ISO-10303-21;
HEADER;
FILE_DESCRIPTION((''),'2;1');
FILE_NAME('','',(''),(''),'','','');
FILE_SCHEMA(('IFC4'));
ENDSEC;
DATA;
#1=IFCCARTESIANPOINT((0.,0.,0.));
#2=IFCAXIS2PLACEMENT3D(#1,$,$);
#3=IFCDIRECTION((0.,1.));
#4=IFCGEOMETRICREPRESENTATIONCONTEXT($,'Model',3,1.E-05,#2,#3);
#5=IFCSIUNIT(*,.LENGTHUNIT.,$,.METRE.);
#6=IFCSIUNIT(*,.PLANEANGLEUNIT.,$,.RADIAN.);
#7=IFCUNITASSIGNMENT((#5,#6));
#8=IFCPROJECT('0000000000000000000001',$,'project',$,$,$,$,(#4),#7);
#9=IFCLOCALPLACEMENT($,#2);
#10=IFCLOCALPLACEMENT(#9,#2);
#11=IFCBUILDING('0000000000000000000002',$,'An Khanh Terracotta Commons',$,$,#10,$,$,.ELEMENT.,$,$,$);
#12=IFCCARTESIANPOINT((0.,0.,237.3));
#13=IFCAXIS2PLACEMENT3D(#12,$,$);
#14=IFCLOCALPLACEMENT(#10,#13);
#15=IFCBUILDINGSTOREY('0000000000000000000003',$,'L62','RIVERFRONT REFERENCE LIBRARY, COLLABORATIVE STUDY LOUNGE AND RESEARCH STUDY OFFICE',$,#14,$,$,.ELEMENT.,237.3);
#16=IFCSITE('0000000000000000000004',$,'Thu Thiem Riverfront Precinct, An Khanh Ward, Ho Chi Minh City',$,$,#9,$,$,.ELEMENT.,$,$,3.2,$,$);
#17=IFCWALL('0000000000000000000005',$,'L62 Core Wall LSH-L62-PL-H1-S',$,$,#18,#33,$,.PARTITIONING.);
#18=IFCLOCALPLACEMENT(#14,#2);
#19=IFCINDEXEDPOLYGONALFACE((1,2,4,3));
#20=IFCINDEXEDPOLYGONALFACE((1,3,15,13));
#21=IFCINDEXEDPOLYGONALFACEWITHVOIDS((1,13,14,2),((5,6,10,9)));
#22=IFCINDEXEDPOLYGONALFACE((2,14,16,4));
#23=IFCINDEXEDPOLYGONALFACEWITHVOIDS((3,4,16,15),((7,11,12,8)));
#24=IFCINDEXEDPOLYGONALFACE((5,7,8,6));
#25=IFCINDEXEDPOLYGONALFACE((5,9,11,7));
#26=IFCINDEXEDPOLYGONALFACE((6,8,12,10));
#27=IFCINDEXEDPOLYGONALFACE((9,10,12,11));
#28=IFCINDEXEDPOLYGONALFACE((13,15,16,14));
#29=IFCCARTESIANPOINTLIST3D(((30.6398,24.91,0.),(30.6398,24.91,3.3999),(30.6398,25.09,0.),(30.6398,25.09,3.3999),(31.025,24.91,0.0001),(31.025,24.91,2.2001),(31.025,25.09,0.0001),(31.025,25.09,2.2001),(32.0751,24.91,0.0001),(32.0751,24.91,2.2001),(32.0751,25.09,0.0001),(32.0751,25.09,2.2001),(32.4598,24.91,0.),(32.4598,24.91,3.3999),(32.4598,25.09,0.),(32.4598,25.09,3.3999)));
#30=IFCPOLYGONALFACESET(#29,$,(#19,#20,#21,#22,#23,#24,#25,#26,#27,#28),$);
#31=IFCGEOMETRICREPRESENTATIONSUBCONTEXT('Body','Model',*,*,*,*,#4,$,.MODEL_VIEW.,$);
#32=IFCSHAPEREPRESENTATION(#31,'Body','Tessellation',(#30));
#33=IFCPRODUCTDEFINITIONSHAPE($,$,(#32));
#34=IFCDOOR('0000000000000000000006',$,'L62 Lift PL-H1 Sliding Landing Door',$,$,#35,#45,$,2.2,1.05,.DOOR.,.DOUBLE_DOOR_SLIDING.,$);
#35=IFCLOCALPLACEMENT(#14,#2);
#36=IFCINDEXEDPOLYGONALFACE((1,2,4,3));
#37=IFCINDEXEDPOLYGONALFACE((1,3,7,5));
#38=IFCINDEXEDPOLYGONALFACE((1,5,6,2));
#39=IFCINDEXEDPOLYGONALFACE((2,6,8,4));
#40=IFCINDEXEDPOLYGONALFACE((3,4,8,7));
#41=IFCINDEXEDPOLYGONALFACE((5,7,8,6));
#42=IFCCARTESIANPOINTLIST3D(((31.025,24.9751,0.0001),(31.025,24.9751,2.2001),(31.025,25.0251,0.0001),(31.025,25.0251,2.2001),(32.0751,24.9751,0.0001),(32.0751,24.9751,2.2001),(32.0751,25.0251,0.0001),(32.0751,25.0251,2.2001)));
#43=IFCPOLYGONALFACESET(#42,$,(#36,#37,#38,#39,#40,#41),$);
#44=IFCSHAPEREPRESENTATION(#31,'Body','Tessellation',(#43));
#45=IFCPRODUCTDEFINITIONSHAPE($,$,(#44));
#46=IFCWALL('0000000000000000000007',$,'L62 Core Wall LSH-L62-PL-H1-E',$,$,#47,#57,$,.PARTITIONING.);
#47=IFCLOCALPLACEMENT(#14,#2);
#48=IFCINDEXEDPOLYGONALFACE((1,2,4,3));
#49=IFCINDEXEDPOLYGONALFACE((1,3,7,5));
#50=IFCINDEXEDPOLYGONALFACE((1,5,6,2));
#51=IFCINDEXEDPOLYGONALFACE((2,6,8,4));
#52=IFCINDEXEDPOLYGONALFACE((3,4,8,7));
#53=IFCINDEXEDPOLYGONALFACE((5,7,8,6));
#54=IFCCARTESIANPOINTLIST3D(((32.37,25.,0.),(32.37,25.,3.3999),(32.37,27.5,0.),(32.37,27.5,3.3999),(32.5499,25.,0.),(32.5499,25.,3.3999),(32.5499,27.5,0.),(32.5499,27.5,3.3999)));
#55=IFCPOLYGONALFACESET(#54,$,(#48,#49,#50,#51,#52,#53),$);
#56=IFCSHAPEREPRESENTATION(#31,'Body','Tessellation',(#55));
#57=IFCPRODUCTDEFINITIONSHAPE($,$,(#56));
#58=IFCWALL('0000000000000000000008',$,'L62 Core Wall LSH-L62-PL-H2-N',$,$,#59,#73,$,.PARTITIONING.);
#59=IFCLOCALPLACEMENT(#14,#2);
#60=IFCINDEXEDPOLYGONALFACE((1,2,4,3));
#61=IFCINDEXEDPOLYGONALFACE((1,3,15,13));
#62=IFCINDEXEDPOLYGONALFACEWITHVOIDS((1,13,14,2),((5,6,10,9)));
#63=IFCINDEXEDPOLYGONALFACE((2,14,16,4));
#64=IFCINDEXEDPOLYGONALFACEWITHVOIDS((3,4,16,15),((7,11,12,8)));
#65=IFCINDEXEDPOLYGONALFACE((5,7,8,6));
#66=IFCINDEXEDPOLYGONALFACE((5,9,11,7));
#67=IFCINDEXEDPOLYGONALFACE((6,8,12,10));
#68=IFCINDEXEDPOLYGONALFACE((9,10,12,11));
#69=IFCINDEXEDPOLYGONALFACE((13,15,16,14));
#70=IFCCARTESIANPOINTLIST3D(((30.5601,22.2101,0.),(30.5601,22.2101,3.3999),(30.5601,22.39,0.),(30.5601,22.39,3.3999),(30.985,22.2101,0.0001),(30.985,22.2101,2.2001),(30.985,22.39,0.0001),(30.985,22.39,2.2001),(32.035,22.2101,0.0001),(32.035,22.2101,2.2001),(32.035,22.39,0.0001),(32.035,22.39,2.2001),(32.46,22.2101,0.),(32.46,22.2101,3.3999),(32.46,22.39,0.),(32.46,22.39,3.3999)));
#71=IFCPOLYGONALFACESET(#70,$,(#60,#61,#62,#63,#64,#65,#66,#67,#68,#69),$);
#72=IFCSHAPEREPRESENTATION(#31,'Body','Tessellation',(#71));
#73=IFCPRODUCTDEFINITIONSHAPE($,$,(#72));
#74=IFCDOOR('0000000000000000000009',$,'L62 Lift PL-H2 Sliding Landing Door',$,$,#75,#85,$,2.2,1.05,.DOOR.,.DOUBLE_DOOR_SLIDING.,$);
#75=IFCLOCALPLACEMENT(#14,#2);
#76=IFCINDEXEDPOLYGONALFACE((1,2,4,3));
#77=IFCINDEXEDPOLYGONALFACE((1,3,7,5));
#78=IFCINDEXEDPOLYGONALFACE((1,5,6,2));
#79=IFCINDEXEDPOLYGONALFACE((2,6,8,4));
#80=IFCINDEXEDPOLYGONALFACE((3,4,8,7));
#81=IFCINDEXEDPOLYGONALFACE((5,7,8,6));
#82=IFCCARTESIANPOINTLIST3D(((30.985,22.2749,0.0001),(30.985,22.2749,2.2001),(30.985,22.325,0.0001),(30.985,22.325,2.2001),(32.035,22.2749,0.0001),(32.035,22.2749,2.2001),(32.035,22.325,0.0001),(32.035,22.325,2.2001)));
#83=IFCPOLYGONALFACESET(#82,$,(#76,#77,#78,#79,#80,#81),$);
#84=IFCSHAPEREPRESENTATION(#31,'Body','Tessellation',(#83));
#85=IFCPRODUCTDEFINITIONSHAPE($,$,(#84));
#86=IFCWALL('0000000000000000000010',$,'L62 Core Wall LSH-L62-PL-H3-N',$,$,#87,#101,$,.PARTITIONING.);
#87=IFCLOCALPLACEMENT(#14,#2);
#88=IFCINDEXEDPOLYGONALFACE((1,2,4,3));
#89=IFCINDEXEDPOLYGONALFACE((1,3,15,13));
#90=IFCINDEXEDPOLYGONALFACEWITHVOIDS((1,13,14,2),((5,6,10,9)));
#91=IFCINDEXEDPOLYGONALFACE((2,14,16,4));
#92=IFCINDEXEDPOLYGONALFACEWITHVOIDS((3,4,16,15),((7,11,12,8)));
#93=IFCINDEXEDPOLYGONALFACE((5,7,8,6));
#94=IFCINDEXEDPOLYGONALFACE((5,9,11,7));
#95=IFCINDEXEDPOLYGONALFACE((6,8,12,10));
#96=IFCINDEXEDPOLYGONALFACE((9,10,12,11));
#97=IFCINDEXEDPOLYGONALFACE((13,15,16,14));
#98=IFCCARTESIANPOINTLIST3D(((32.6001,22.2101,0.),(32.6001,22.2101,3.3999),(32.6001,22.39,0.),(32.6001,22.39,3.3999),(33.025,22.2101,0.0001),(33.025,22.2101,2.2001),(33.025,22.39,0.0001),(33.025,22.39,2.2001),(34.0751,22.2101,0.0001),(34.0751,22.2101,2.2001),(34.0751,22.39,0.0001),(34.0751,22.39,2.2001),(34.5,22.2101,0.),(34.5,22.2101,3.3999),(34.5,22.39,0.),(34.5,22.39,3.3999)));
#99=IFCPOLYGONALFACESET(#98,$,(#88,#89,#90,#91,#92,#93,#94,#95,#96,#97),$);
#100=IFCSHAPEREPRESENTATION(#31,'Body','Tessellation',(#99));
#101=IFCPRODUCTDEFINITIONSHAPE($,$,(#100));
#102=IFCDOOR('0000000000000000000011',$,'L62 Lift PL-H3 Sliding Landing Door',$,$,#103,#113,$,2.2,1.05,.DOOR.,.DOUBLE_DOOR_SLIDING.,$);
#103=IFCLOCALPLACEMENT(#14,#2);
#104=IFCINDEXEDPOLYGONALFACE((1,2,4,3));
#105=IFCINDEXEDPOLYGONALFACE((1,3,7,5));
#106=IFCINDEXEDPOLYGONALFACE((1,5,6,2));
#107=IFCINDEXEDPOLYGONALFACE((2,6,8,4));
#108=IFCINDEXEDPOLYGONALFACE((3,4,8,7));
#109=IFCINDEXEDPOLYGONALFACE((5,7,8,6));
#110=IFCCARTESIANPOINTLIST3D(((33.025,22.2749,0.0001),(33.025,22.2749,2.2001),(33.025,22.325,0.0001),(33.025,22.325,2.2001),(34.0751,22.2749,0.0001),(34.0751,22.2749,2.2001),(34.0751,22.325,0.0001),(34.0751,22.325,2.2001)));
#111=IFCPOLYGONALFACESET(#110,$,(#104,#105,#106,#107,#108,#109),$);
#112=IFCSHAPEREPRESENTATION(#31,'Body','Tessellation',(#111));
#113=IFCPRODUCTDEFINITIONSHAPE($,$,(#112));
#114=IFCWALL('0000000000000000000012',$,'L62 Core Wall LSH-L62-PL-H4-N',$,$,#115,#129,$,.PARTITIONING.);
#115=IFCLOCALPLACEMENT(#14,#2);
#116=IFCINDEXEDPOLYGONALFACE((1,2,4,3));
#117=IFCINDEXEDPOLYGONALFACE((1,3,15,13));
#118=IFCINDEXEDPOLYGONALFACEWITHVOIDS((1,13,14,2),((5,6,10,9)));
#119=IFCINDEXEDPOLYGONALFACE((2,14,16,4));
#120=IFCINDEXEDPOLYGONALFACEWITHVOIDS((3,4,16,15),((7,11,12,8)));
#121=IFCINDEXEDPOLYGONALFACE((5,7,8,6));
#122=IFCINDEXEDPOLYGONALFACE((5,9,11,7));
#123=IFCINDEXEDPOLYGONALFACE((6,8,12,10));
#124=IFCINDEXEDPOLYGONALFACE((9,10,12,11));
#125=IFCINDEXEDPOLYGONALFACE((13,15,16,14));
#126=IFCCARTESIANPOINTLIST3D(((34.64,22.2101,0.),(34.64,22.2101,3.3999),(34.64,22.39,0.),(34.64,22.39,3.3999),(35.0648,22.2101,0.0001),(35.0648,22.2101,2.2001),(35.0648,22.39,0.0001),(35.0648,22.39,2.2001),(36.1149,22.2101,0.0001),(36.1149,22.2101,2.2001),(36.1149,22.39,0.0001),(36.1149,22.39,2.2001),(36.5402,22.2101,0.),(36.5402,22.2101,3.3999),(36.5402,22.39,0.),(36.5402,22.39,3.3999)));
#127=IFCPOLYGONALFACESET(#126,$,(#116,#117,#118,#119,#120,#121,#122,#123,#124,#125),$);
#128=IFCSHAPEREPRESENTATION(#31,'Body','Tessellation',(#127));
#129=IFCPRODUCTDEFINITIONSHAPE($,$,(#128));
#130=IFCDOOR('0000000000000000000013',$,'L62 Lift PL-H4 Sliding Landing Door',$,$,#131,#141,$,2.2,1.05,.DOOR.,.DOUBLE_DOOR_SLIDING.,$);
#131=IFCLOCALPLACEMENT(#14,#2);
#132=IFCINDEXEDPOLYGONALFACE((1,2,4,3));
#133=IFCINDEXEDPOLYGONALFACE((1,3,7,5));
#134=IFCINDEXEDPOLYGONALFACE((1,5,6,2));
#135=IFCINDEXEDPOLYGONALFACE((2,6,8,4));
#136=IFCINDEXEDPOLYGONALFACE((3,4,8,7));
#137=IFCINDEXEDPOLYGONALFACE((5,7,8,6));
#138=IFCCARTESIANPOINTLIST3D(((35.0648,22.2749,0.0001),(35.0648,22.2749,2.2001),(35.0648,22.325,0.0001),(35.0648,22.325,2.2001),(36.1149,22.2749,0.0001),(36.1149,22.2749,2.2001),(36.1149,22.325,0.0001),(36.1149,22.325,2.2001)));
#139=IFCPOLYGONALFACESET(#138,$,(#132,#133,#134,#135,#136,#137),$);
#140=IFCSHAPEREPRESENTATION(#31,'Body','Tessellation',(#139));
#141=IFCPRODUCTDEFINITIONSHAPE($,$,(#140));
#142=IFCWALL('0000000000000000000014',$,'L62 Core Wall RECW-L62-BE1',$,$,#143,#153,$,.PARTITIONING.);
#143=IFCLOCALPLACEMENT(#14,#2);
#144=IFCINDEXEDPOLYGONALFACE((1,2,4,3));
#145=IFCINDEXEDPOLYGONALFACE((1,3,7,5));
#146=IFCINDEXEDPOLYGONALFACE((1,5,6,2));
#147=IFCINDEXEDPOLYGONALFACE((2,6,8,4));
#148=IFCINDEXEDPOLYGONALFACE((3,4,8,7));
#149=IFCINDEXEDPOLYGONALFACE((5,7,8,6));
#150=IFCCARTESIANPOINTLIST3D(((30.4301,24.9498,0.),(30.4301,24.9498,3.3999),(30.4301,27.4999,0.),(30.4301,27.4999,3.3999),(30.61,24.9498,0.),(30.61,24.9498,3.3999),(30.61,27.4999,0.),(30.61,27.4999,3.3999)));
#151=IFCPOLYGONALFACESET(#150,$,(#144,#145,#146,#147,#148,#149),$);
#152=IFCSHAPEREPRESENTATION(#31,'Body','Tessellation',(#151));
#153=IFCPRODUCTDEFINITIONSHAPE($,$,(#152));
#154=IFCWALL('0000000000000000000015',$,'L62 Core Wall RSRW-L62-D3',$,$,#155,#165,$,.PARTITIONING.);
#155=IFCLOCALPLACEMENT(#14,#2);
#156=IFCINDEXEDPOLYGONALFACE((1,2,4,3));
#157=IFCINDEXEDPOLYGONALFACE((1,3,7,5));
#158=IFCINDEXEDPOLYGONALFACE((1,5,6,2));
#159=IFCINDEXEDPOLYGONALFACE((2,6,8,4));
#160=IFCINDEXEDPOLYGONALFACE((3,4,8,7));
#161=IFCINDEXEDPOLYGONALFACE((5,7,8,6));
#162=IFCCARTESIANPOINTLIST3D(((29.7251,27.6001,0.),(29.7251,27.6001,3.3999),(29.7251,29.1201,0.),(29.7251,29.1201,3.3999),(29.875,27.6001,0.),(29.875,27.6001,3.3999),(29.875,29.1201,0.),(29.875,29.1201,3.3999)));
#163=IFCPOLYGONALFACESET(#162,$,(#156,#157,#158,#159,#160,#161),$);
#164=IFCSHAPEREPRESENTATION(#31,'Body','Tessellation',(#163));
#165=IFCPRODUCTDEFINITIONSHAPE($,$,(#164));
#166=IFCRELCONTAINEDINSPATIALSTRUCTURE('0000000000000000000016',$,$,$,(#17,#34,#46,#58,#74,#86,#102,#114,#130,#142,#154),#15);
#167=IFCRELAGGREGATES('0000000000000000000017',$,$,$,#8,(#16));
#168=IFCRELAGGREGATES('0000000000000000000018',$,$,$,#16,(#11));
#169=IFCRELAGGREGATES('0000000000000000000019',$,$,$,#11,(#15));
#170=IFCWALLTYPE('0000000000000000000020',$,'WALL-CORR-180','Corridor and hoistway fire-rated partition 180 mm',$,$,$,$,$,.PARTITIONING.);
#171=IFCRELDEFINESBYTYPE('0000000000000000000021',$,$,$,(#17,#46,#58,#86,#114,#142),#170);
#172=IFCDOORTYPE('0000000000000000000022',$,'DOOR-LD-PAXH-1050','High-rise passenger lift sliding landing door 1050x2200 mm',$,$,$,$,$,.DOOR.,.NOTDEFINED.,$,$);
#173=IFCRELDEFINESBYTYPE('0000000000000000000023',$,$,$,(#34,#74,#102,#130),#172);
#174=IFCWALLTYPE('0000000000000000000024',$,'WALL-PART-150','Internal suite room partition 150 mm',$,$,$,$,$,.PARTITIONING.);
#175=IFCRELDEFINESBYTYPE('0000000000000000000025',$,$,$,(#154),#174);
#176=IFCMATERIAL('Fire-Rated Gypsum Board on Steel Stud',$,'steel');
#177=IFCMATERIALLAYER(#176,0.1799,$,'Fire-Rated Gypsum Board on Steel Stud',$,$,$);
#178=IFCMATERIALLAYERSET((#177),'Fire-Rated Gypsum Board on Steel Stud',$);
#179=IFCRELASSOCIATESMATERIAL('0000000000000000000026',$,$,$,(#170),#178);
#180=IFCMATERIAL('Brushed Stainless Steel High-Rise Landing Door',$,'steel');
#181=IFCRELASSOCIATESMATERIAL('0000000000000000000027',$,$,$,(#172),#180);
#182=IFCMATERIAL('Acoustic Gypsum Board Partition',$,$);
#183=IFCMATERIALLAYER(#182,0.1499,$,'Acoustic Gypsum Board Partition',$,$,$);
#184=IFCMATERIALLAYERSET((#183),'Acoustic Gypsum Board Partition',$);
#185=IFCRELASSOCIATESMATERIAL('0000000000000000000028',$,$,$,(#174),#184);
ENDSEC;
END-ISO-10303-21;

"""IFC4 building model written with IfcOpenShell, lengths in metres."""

from ifc_helpers import new_model, si_unit, direction, frame, frame_2d, origin, place, context, subcontext, project, spatial, rectangle, extrude, material, layer, layer_set, type_object, element, fill, save


model = new_model("IFC4")

# Units and contexts
model_context = context("Model", 3, precision=1e-05, world=origin(), true_north=direction((0.0, 1.0)))
body_context = subcontext(model_context, "Body", "Model", "MODEL_VIEW")
ifc_project = project(units=[si_unit("LENGTHUNIT", "METRE"), si_unit("PLANEANGLEUNIT", "RADIAN")], contexts=[model_context])

# Site, building, storey
site_placement = place(None, origin())
site = spatial("IfcSite", under=ifc_project, at=site_placement, Name="Thu Thiem Riverfront Precinct, An Khanh Ward, Ho Chi Minh City", CompositionType="ELEMENT", RefElevation=3.2)
building_placement = place(site_placement, origin())
building = spatial("IfcBuilding", under=site, at=building_placement, Name="An Khanh Terracotta Commons", CompositionType="ELEMENT")
storey_placement = place(building_placement, frame((0.0, 0.0, 237.3)))
storey = spatial("IfcBuildingStorey", under=building, at=storey_placement, Name="L62", Description="RIVERFRONT REFERENCE LIBRARY, COLLABORATIVE STUDY LOUNGE AND RESEARCH STUDY OFFICE", CompositionType="ELEMENT", Elevation=237.3)

# Shared definitions
ifc_material_1 = material(Name="Fire-Rated Gypsum Board on Steel Stud", Category="steel")
ifc_layer_1 = layer(ifc_material_1, 0.1799, Name="Fire-Rated Gypsum Board on Steel Stud")
ifc_layer_set_1 = layer_set([ifc_layer_1], Name="Fire-Rated Gypsum Board on Steel Stud")
wall_type_1 = type_object("IfcWallType", Name="WALL-CORR-180", Description="Corridor and hoistway fire-rated partition 180 mm", PredefinedType="PARTITIONING", material=ifc_layer_set_1)

# Wall, opening, door
wall_1_placement = place(storey_placement, frame((32.46, 25.0, 0.0), z_axis=(0.0, 0.0, 1.0), x_axis=(-1.0, 0.0, 0.0)))
wall_1 = element("IfcWall", 1, at=wall_1_placement, inside=storey, type_object=wall_type_1, Name="L62 Core Wall LSH-L62-PL-H1-S", PredefinedType="PARTITIONING", context=body_context, shape_type="SweptSolid", body=[
    extrude(rectangle(XDim=1.8201, YDim=0.1799, at=frame_2d((0.9102, 0.0))), origin(), (0.0, 0.0, 1.0), 3.3999),
])
opening_1_placement = place(wall_1_placement, frame((0.385, 0.0, 0.0)))
opening_1 = element("IfcOpeningElement", 2, at=opening_1_placement, cuts=wall_1, PredefinedType="OPENING", context=body_context, shape_type="SweptSolid", body=[
    extrude(rectangle(XDim=1.05, YDim=2.2, at=frame_2d((0.5249, 1.1001))), frame((0.0, 0.0999, 0.0), z_axis=(0.0, -1.0, 0.0), x_axis=(1.0, 0.0, 0.0)), (0.0, 0.0, 1.0), 0.2),
])
ifc_material_2 = material(Name="Brushed Stainless Steel High-Rise Landing Door", Category="steel")
door_type = type_object("IfcDoorType", Name="DOOR-LD-PAXH-1050", Description="High-rise passenger lift sliding landing door 1050x2200 mm", OperationType="NOTDEFINED", PredefinedType="DOOR", material=ifc_material_2)
door_1_placement = place(opening_1_placement, origin())
door_1 = element("IfcDoor", 3, at=door_1_placement, inside=storey, type_object=door_type, Name="L62 Lift PL-H1 Sliding Landing Door", OperationType="DOUBLE_DOOR_SLIDING", OverallHeight=2.2, OverallWidth=1.05, PredefinedType="DOOR", context=body_context, shape_type="SweptSolid", body=[
    extrude(rectangle(XDim=1.05, YDim=2.2, at=frame_2d((0.5249, 1.1001))), frame((0.0, 0.0249, 0.0), z_axis=(0.0, -1.0, 0.0), x_axis=(1.0, 0.0, 0.0)), (0.0, 0.0, 1.0), 0.05),
])
fill(opening_1, door_1)

# Wall
wall_2_placement = place(storey_placement, frame((32.46, 25.0, 0.0), z_axis=(0.0, 0.0, 1.0), x_axis=(0.0, 1.0, 0.0)))
element("IfcWall", 4, at=wall_2_placement, inside=storey, type_object=wall_type_1, Name="L62 Core Wall LSH-L62-PL-H1-E", PredefinedType="PARTITIONING", context=body_context, shape_type="SweptSolid", body=[
    extrude(rectangle(XDim=2.5, YDim=0.1799, at=frame_2d((1.25, 0.0))), origin(), (0.0, 0.0, 1.0), 3.3999),
])

# Walls, openings, doors
wall_3_placement = place(storey_placement, frame((30.5601, 22.3, 0.0), z_axis=(0.0, 0.0, 1.0), x_axis=(1.0, 0.0, 0.0)))
wall_3 = element("IfcWall", 5, at=wall_3_placement, inside=storey, type_object=wall_type_1, Name="L62 Core Wall LSH-L62-PL-H2-N", PredefinedType="PARTITIONING", context=body_context, shape_type="SweptSolid", body=[
    extrude(rectangle(XDim=1.8999, YDim=0.1799, at=frame_2d((0.95, 0.0))), origin(), (0.0, 0.0, 1.0), 3.3999),
])
opening_2_placement = place(wall_3_placement, frame((0.425, 0.0, 0.0)))
opening_2 = element("IfcOpeningElement", 6, at=opening_2_placement, cuts=wall_3, PredefinedType="OPENING", context=body_context, shape_type="SweptSolid", body=[
    extrude(rectangle(XDim=1.05, YDim=2.2, at=frame_2d((0.5249, 1.1001))), frame((0.0, 0.0999, 0.0), z_axis=(0.0, -1.0, 0.0), x_axis=(1.0, 0.0, 0.0)), (0.0, 0.0, 1.0), 0.2),
])
door_2_placement = place(opening_2_placement, origin())
door_2 = element("IfcDoor", 7, at=door_2_placement, inside=storey, type_object=door_type, Name="L62 Lift PL-H2 Sliding Landing Door", OperationType="DOUBLE_DOOR_SLIDING", OverallHeight=2.2, OverallWidth=1.05, PredefinedType="DOOR", context=body_context, shape_type="SweptSolid", body=[
    extrude(rectangle(XDim=1.05, YDim=2.2, at=frame_2d((0.5249, 1.1001))), frame((0.0, 0.0249, 0.0), z_axis=(0.0, -1.0, 0.0), x_axis=(1.0, 0.0, 0.0)), (0.0, 0.0, 1.0), 0.05),
])
fill(opening_2, door_2)
wall_4_placement = place(storey_placement, frame((32.6001, 22.3, 0.0), z_axis=(0.0, 0.0, 1.0), x_axis=(1.0, 0.0, 0.0)))
wall_4 = element("IfcWall", 8, at=wall_4_placement, inside=storey, type_object=wall_type_1, Name="L62 Core Wall LSH-L62-PL-H3-N", PredefinedType="PARTITIONING", context=body_context, shape_type="SweptSolid", body=[
    extrude(rectangle(XDim=1.8999, YDim=0.1799, at=frame_2d((0.95, 0.0))), origin(), (0.0, 0.0, 1.0), 3.3999),
])
opening_3_placement = place(wall_4_placement, frame((0.425, 0.0, 0.0)))
opening_3 = element("IfcOpeningElement", 9, at=opening_3_placement, cuts=wall_4, PredefinedType="OPENING", context=body_context, shape_type="SweptSolid", body=[
    extrude(rectangle(XDim=1.05, YDim=2.2, at=frame_2d((0.5249, 1.1001))), frame((0.0, 0.0999, 0.0), z_axis=(0.0, -1.0, 0.0), x_axis=(1.0, 0.0, 0.0)), (0.0, 0.0, 1.0), 0.2),
])
door_3_placement = place(opening_3_placement, origin())
door_3 = element("IfcDoor", 10, at=door_3_placement, inside=storey, type_object=door_type, Name="L62 Lift PL-H3 Sliding Landing Door", OperationType="DOUBLE_DOOR_SLIDING", OverallHeight=2.2, OverallWidth=1.05, PredefinedType="DOOR", context=body_context, shape_type="SweptSolid", body=[
    extrude(rectangle(XDim=1.05, YDim=2.2, at=frame_2d((0.5249, 1.1001))), frame((0.0, 0.0249, 0.0), z_axis=(0.0, -1.0, 0.0), x_axis=(1.0, 0.0, 0.0)), (0.0, 0.0, 1.0), 0.05),
])
fill(opening_3, door_3)
wall_5_placement = place(storey_placement, frame((34.6399, 22.3, 0.0), z_axis=(0.0, 0.0, 1.0), x_axis=(1.0, 0.0, 0.0)))
wall_5 = element("IfcWall", 11, at=wall_5_placement, inside=storey, type_object=wall_type_1, Name="L62 Core Wall LSH-L62-PL-H4-N", PredefinedType="PARTITIONING", context=body_context, shape_type="SweptSolid", body=[
    extrude(rectangle(XDim=1.9001, YDim=0.1799, at=frame_2d((0.9502, 0.0))), origin(), (0.0, 0.0, 1.0), 3.3999),
])
opening_4_placement = place(wall_5_placement, frame((0.425, 0.0, 0.0)))
opening_4 = element("IfcOpeningElement", 12, at=opening_4_placement, cuts=wall_5, PredefinedType="OPENING", context=body_context, shape_type="SweptSolid", body=[
    extrude(rectangle(XDim=1.05, YDim=2.2, at=frame_2d((0.5249, 1.1001))), frame((0.0, 0.0999, 0.0), z_axis=(0.0, -1.0, 0.0), x_axis=(1.0, 0.0, 0.0)), (0.0, 0.0, 1.0), 0.2),
])
door_4_placement = place(opening_4_placement, origin())
door_4 = element("IfcDoor", 13, at=door_4_placement, inside=storey, type_object=door_type, Name="L62 Lift PL-H4 Sliding Landing Door", OperationType="DOUBLE_DOOR_SLIDING", OverallHeight=2.2, OverallWidth=1.05, PredefinedType="DOOR", context=body_context, shape_type="SweptSolid", body=[
    extrude(rectangle(XDim=1.05, YDim=2.2, at=frame_2d((0.5249, 1.1001))), frame((0.0, 0.0249, 0.0), z_axis=(0.0, -1.0, 0.0), x_axis=(1.0, 0.0, 0.0)), (0.0, 0.0, 1.0), 0.05),
])
fill(opening_4, door_4)

# Walls
wall_6_placement = place(storey_placement, frame((30.52, 24.95, 0.0), z_axis=(0.0, 0.0, 1.0), x_axis=(0.0, 1.0, 0.0)))
element("IfcWall", 14, at=wall_6_placement, inside=storey, type_object=wall_type_1, Name="L62 Core Wall RECW-L62-BE1", PredefinedType="PARTITIONING", context=body_context, shape_type="SweptSolid", body=[
    extrude(rectangle(XDim=2.55, YDim=0.1799, at=frame_2d((1.2749, 0.0))), origin(), (0.0, 0.0, 1.0), 3.3999),
])
ifc_material_3 = material(Name="Acoustic Gypsum Board Partition")
ifc_layer_2 = layer(ifc_material_3, 0.1499, Name="Acoustic Gypsum Board Partition")
ifc_layer_set_2 = layer_set([ifc_layer_2], Name="Acoustic Gypsum Board Partition")
wall_type_2 = type_object("IfcWallType", Name="WALL-PART-150", Description="Internal suite room partition 150 mm", PredefinedType="PARTITIONING", material=ifc_layer_set_2)
wall_7_placement = place(storey_placement, frame((29.8, 27.6001, 0.0), z_axis=(0.0, 0.0, 1.0), x_axis=(0.0, 1.0, 0.0)))
element("IfcWall", 15, at=wall_7_placement, inside=storey, type_object=wall_type_2, Name="L62 Core Wall RSRW-L62-D3", PredefinedType="PARTITIONING", context=body_context, shape_type="SweptSolid", body=[
    extrude(rectangle(XDim=1.52, YDim=0.1499, at=frame_2d((0.76, 0.0))), origin(), (0.0, 0.0, 1.0), 3.3999),
])

save(model, "model.ifc")
